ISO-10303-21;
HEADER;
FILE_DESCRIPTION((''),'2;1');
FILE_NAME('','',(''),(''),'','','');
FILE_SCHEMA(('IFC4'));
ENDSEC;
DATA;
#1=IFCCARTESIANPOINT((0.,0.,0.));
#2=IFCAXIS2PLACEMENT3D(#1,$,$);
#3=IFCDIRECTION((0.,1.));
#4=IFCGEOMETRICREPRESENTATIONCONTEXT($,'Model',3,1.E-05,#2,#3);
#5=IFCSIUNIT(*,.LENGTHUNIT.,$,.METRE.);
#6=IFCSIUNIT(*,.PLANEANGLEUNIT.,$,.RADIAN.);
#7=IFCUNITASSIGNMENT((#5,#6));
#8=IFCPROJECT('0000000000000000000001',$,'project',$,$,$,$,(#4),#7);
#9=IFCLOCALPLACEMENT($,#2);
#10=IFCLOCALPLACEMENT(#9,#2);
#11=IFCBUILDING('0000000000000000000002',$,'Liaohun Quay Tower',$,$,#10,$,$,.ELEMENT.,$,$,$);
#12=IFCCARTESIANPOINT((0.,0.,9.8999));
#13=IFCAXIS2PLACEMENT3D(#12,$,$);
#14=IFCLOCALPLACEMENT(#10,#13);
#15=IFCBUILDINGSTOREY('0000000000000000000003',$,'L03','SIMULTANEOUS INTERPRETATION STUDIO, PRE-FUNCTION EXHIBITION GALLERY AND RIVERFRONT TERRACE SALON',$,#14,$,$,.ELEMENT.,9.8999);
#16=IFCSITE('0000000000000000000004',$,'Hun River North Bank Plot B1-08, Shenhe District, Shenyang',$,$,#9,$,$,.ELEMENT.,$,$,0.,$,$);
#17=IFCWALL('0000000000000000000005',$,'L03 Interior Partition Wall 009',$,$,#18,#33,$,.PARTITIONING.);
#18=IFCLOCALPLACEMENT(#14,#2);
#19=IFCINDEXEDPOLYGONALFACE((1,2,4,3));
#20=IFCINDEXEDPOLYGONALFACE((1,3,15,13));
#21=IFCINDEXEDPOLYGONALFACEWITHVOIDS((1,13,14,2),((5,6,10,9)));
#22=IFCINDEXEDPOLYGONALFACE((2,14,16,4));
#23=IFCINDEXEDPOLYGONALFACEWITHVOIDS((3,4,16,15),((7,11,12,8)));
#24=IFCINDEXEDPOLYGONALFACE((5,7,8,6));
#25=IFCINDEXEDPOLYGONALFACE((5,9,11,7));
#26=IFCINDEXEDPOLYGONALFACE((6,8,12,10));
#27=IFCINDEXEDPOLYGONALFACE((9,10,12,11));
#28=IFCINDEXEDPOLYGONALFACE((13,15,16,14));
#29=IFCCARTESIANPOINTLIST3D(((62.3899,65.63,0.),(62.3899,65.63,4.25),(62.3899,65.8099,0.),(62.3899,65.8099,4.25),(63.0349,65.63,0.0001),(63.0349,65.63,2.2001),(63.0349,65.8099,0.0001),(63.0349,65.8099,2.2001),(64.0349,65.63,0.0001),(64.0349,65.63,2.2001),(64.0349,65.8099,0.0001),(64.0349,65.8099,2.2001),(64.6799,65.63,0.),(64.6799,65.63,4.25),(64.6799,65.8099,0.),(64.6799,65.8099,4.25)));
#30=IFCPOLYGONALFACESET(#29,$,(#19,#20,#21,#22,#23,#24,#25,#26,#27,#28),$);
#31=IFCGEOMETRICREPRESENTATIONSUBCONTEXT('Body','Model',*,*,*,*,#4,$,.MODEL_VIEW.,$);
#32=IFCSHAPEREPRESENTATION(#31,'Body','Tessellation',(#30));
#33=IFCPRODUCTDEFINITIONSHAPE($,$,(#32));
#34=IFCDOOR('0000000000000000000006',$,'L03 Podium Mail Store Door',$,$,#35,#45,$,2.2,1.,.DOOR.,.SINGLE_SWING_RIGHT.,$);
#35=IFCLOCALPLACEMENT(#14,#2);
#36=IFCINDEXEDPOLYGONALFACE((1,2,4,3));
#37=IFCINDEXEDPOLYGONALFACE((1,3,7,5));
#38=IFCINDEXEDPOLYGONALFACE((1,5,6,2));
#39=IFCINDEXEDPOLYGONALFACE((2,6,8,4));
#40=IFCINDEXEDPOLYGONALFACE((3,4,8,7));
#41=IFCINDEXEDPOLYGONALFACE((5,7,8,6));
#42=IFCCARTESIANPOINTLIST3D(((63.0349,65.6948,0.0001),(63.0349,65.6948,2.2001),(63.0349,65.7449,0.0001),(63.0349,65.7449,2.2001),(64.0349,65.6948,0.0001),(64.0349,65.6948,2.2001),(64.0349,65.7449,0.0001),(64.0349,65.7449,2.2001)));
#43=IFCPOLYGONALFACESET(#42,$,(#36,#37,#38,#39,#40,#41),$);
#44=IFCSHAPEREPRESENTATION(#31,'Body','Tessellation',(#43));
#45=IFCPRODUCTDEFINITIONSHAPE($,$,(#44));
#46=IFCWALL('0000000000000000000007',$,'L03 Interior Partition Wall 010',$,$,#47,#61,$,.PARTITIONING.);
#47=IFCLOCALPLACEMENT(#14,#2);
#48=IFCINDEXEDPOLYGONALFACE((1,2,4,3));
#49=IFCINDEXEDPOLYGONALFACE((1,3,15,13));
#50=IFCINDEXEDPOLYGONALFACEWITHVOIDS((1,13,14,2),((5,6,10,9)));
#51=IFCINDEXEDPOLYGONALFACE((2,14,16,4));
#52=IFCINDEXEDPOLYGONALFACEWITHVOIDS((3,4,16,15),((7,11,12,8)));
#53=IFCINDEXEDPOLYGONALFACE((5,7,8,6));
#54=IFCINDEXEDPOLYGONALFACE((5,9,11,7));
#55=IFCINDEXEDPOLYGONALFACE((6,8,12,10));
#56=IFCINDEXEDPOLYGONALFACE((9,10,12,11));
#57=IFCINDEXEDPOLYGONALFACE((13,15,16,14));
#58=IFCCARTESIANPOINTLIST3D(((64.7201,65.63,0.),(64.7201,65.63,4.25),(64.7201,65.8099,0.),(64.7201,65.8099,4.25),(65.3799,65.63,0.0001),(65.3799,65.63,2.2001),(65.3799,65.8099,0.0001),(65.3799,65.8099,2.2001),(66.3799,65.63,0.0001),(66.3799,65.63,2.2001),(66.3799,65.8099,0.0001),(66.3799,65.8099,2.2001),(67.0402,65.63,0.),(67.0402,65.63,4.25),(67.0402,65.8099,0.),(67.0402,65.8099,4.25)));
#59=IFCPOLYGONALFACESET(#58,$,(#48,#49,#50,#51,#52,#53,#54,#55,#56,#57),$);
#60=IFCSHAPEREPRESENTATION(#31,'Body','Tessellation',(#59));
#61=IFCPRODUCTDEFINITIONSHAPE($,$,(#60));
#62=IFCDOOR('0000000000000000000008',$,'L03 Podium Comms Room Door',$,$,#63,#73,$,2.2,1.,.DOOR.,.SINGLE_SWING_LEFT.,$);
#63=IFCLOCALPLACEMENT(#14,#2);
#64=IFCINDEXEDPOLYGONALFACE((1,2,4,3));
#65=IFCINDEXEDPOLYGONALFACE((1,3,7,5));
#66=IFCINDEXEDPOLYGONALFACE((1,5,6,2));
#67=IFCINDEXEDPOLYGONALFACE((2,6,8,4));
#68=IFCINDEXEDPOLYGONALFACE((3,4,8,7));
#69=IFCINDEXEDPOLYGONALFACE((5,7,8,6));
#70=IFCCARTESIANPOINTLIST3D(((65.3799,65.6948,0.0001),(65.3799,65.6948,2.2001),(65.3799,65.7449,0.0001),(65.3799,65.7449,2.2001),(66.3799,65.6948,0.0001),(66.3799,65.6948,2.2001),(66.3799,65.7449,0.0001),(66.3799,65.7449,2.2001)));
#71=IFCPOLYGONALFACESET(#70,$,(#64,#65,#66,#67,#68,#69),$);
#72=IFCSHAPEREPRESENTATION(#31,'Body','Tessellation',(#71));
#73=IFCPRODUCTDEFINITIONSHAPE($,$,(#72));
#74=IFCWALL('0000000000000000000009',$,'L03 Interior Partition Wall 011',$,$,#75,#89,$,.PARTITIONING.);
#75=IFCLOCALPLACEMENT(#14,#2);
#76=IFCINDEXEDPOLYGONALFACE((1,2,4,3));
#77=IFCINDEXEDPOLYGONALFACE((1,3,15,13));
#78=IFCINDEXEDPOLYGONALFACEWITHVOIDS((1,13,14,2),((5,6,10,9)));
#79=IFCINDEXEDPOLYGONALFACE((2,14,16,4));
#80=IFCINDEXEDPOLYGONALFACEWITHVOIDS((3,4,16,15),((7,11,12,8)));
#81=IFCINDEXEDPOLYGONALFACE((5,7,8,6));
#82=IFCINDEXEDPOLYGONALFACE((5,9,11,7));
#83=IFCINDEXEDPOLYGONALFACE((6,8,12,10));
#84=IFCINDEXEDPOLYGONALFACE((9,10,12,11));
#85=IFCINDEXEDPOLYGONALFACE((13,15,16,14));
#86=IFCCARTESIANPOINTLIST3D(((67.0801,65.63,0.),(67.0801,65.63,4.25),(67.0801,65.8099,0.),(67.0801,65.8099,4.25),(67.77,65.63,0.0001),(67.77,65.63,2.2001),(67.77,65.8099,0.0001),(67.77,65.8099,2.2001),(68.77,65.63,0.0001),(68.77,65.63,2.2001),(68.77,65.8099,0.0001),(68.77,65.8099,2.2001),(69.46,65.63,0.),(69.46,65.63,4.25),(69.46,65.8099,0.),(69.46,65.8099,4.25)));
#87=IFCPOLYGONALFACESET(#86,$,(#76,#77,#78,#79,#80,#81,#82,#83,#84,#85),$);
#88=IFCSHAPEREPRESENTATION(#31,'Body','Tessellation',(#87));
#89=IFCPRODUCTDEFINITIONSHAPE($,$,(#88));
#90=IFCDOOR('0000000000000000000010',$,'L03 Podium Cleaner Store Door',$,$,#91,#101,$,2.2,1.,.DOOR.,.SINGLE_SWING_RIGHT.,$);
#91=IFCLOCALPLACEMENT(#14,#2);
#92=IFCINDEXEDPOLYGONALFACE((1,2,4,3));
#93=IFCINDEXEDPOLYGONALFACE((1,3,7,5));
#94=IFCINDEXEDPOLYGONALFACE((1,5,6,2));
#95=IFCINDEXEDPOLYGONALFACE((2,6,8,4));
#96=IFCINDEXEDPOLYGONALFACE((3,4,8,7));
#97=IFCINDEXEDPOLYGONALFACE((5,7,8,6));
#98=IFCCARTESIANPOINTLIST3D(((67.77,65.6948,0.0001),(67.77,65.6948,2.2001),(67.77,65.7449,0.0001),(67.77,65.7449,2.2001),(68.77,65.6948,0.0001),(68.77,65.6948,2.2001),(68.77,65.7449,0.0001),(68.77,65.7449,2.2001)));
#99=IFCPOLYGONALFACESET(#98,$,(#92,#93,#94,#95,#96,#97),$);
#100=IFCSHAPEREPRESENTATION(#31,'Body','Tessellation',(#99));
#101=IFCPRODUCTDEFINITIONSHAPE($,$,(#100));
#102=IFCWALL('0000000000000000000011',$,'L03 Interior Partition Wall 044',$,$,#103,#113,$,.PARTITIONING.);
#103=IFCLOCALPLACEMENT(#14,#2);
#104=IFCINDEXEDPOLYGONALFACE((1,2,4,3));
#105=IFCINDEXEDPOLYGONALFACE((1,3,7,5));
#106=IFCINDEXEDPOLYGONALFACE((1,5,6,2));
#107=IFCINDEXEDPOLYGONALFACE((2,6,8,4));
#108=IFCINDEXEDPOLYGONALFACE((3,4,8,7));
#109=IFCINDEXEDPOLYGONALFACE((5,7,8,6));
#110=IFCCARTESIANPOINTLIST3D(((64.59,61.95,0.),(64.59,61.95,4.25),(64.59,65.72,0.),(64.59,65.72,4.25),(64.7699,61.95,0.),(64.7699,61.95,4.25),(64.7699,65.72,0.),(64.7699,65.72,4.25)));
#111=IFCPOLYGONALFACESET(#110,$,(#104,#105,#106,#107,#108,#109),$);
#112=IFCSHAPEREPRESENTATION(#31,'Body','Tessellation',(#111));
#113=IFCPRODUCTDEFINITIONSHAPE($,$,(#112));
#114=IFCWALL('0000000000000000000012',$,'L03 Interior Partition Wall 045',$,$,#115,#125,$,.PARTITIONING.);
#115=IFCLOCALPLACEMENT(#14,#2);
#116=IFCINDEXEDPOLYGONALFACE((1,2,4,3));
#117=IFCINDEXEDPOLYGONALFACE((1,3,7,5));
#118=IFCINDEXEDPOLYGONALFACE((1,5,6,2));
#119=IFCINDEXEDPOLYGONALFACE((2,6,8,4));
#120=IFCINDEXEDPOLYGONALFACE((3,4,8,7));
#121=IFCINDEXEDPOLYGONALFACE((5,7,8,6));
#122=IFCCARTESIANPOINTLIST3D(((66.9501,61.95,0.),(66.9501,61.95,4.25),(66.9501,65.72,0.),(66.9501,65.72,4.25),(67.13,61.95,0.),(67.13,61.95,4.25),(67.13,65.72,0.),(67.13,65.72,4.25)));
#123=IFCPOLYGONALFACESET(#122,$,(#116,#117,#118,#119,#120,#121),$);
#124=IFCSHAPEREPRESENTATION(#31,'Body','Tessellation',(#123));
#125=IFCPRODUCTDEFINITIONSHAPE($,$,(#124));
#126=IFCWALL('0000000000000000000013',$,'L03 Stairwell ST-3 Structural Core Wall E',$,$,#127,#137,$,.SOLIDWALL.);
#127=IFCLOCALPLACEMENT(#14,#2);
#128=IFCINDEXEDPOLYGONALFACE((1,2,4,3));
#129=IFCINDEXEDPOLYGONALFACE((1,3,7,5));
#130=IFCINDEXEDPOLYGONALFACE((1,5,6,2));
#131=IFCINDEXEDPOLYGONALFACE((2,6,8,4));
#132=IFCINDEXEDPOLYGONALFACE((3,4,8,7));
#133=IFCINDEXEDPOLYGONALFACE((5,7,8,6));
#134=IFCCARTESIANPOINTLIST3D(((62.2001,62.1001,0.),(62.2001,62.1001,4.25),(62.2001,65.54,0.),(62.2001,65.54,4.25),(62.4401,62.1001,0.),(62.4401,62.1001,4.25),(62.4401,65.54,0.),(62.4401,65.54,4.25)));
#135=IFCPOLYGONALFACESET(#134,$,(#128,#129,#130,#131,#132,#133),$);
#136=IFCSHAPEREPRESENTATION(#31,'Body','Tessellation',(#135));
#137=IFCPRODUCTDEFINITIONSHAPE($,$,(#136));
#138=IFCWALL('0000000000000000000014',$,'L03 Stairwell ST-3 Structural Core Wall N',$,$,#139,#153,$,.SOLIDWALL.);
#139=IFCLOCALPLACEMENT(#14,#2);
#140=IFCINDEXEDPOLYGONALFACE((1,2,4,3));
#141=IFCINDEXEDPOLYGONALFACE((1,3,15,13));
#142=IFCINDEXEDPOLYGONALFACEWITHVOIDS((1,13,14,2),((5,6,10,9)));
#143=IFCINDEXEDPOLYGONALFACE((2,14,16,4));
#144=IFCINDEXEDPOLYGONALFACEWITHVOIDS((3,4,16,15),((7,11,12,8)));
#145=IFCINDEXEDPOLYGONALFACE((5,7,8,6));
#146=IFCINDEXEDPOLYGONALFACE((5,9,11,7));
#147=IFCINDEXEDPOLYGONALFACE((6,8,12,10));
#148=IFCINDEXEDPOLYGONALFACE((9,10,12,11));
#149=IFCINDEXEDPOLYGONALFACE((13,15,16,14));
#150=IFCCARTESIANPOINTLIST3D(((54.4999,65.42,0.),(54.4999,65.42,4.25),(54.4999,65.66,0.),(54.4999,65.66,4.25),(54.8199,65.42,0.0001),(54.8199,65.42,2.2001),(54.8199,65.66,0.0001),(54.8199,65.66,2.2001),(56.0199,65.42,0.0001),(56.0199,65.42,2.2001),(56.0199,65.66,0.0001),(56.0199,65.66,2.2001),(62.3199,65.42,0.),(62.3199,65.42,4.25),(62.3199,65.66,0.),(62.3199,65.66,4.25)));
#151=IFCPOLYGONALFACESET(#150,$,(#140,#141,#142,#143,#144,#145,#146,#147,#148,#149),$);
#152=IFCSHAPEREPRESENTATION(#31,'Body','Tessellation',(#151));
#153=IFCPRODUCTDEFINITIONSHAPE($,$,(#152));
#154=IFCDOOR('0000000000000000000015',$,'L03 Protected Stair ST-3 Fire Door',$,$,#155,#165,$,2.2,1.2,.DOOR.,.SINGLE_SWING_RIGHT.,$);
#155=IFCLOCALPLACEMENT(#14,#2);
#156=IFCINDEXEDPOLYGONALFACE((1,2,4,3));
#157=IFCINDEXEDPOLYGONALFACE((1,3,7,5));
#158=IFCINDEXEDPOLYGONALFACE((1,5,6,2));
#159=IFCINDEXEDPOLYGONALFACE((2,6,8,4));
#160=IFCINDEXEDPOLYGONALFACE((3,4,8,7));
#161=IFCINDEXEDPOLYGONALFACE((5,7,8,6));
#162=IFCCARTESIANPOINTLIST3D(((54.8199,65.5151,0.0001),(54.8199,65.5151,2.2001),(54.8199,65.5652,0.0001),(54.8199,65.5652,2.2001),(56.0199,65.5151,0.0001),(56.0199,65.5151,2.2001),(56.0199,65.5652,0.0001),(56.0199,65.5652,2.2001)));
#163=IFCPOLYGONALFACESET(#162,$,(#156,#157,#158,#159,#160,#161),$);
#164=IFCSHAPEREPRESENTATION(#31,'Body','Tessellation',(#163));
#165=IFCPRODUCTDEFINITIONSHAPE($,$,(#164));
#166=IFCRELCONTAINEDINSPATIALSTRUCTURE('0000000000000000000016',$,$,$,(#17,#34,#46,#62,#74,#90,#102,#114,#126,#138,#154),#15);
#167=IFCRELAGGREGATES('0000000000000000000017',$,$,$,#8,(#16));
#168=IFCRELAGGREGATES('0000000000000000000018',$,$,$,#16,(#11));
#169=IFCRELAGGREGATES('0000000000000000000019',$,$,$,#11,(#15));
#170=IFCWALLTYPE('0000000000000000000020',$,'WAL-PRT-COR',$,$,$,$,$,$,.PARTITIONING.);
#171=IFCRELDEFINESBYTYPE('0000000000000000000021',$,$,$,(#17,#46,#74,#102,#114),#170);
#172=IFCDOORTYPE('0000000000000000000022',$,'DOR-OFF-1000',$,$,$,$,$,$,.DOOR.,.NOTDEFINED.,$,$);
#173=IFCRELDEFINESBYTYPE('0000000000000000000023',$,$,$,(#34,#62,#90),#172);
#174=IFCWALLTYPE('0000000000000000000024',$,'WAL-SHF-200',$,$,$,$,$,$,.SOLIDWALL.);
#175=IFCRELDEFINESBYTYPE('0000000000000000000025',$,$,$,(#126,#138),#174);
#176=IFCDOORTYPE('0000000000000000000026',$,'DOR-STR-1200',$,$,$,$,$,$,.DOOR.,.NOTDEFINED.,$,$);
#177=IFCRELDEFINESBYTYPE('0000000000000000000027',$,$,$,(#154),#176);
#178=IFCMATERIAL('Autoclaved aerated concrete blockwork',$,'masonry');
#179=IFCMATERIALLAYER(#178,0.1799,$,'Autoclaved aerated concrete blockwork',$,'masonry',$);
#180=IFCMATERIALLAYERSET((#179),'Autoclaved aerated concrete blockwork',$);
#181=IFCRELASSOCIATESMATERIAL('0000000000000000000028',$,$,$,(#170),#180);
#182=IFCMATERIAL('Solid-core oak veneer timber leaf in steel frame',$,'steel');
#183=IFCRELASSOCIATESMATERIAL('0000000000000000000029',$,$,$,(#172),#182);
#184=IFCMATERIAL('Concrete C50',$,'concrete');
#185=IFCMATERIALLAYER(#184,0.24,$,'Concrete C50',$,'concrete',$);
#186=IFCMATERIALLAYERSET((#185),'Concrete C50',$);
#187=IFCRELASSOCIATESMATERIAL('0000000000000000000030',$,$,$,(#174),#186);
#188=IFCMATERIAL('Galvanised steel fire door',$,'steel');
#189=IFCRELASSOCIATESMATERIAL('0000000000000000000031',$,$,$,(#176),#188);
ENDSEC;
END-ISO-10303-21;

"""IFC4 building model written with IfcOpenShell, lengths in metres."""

from ifc_helpers import new_model, si_unit, direction, frame, frame_2d, origin, place, context, subcontext, project, spatial, rectangle, extrude, source, transform, mapped, material, layer, layer_set, type_object, element, fill, save


model = new_model("IFC4")

# Units and contexts
model_context = context("Model", 3, precision=1e-05, world=origin(), true_north=direction((0.0, 1.0)))
body_context = subcontext(model_context, "Body", "Model", "MODEL_VIEW")
ifc_project = project(units=[si_unit("LENGTHUNIT", "METRE"), si_unit("PLANEANGLEUNIT", "RADIAN")], contexts=[model_context])

# Site, building, storey
site_placement = place(None, origin())
site = spatial("IfcSite", under=ifc_project, at=site_placement, Name="Hun River North Bank Plot B1-08, Shenhe District, Shenyang", CompositionType="ELEMENT", RefElevation=0.0)
building_placement = place(site_placement, origin())
building = spatial("IfcBuilding", under=site, at=building_placement, Name="Liaohun Quay Tower", CompositionType="ELEMENT")
storey_placement = place(building_placement, frame((0.0, 0.0, 9.8999)))
storey = spatial("IfcBuildingStorey", under=building, at=storey_placement, Name="L03", Description="SIMULTANEOUS INTERPRETATION STUDIO, PRE-FUNCTION EXHIBITION GALLERY AND RIVERFRONT TERRACE SALON", CompositionType="ELEMENT", Elevation=9.8999)

# Walls, openings, doors
ifc_material_1 = material(Name="Autoclaved aerated concrete blockwork", Category="masonry")
ifc_layer_1 = layer(ifc_material_1, 0.1799, Name="Autoclaved aerated concrete blockwork", Category="masonry")
ifc_layer_set_1 = layer_set([ifc_layer_1], Name="Autoclaved aerated concrete blockwork")
wall_type_1 = type_object("IfcWallType", Name="WAL-PRT-COR", PredefinedType="PARTITIONING", material=ifc_layer_set_1)
wall_1_placement = place(storey_placement, frame((62.3899, 65.72, 0.0), z_axis=(0.0, 0.0, 1.0), x_axis=(1.0, 0.0, 0.0)))
wall_1 = element("IfcWall", 1, at=wall_1_placement, inside=storey, type_object=wall_type_1, Name="L03 Interior Partition Wall 009", PredefinedType="PARTITIONING", context=body_context, shape_type="SweptSolid", body=[
    extrude(rectangle(XDim=2.29, YDim=0.1799, at=frame_2d((1.145, 0.0))), origin(), (0.0, 0.0, 1.0), 4.25),
])
shared_shape_1 = source(origin(), body_context, "Body", "SweptSolid", [
    extrude(rectangle(XDim=1.0, YDim=2.2, at=frame_2d((0.5, 1.1001))), frame((0.0, 0.0999, 0.0), z_axis=(0.0, -1.0, 0.0), x_axis=(1.0, 0.0, 0.0)), (0.0, 0.0, 1.0), 0.2),
])
opening_1_placement = place(wall_1_placement, frame((0.645, 0.0, 0.0)))
opening_1 = element("IfcOpeningElement", 2, at=opening_1_placement, cuts=wall_1, PredefinedType="OPENING", context=body_context, shape_type="MappedRepresentation", body=[
    mapped(shared_shape_1, transform((0.0, 0.0, 0.0), x_axis=(1.0, 0.0, 0.0), y_axis=(0.0, 1.0, 0.0), z_axis=(0.0, 0.0, 1.0), scale=1.0)),
])
ifc_material_2 = material(Name="Solid-core oak veneer timber leaf in steel frame", Category="steel")
door_type_1 = type_object("IfcDoorType", Name="DOR-OFF-1000", OperationType="NOTDEFINED", PredefinedType="DOOR", material=ifc_material_2)
shared_shape_2 = source(origin(), body_context, "Body", "SweptSolid", [
    extrude(rectangle(XDim=1.0, YDim=2.2, at=frame_2d((0.5, 1.1001))), frame((0.0, 0.0249, 0.0), z_axis=(0.0, -1.0, 0.0), x_axis=(1.0, 0.0, 0.0)), (0.0, 0.0, 1.0), 0.05),
])
door_1_placement = place(opening_1_placement, origin())
door_1 = element("IfcDoor", 3, at=door_1_placement, inside=storey, type_object=door_type_1, Name="L03 Podium Mail Store Door", OperationType="SINGLE_SWING_RIGHT", OverallHeight=2.2, OverallWidth=1.0, PredefinedType="DOOR", context=body_context, shape_type="MappedRepresentation", body=[
    mapped(shared_shape_2, transform((0.0, 0.0, 0.0), x_axis=(1.0, 0.0, 0.0), y_axis=(0.0, 1.0, 0.0), z_axis=(0.0, 0.0, 1.0), scale=1.0)),
])
fill(opening_1, door_1)
wall_2_placement = place(storey_placement, frame((64.72, 65.72, 0.0), z_axis=(0.0, 0.0, 1.0), x_axis=(1.0, 0.0, 0.0)))
wall_2 = element("IfcWall", 4, at=wall_2_placement, inside=storey, type_object=wall_type_1, Name="L03 Interior Partition Wall 010", PredefinedType="PARTITIONING", context=body_context, shape_type="SweptSolid", body=[
    extrude(rectangle(XDim=2.3201, YDim=0.1799, at=frame_2d((1.1602, 0.0))), origin(), (0.0, 0.0, 1.0), 4.25),
])
opening_2_placement = place(wall_2_placement, frame((0.6599, 0.0, 0.0)))
opening_2 = element("IfcOpeningElement", 5, at=opening_2_placement, cuts=wall_2, PredefinedType="OPENING", context=body_context, shape_type="MappedRepresentation", body=[
    mapped(shared_shape_1, transform((0.0, 0.0, 0.0), x_axis=(1.0, 0.0, 0.0), y_axis=(0.0, 1.0, 0.0), z_axis=(0.0, 0.0, 1.0), scale=1.0)),
])
door_2_placement = place(opening_2_placement, origin())
door_2 = element("IfcDoor", 6, at=door_2_placement, inside=storey, type_object=door_type_1, Name="L03 Podium Comms Room Door", OperationType="SINGLE_SWING_LEFT", OverallHeight=2.2, OverallWidth=1.0, PredefinedType="DOOR", context=body_context, shape_type="MappedRepresentation", body=[
    mapped(shared_shape_2, transform((0.0, 0.0, 0.0), x_axis=(1.0, 0.0, 0.0), y_axis=(0.0, 1.0, 0.0), z_axis=(0.0, 0.0, 1.0), scale=1.0)),
])
fill(opening_2, door_2)
wall_3_placement = place(storey_placement, frame((67.0801, 65.72, 0.0), z_axis=(0.0, 0.0, 1.0), x_axis=(1.0, 0.0, 0.0)))
wall_3 = element("IfcWall", 7, at=wall_3_placement, inside=storey, type_object=wall_type_1, Name="L03 Interior Partition Wall 011", PredefinedType="PARTITIONING", context=body_context, shape_type="SweptSolid", body=[
    extrude(rectangle(XDim=2.3799, YDim=0.1799, at=frame_2d((1.1899, 0.0))), origin(), (0.0, 0.0, 1.0), 4.25),
])
opening_3_placement = place(wall_3_placement, frame((0.6899, 0.0, 0.0)))
opening_3 = element("IfcOpeningElement", 8, at=opening_3_placement, cuts=wall_3, PredefinedType="OPENING", context=body_context, shape_type="MappedRepresentation", body=[
    mapped(shared_shape_1, transform((0.0, 0.0, 0.0), x_axis=(1.0, 0.0, 0.0), y_axis=(0.0, 1.0, 0.0), z_axis=(0.0, 0.0, 1.0), scale=1.0)),
])
door_3_placement = place(opening_3_placement, origin())
door_3 = element("IfcDoor", 9, at=door_3_placement, inside=storey, type_object=door_type_1, Name="L03 Podium Cleaner Store Door", OperationType="SINGLE_SWING_RIGHT", OverallHeight=2.2, OverallWidth=1.0, PredefinedType="DOOR", context=body_context, shape_type="MappedRepresentation", body=[
    mapped(shared_shape_2, transform((0.0, 0.0, 0.0), x_axis=(1.0, 0.0, 0.0), y_axis=(0.0, 1.0, 0.0), z_axis=(0.0, 0.0, 1.0), scale=1.0)),
])
fill(opening_3, door_3)

# Walls
for number, where, z_axis, x_axis, name in (
    (10, (64.6799, 61.95, 0.0), (0.0, 0.0, 1.0), (0.0, 1.0, 0.0), "L03 Interior Partition Wall 044"),
    (11, (67.04, 61.95, 0.0), (0.0, 0.0, 1.0), (0.0, 1.0, 0.0), "L03 Interior Partition Wall 045"),
):
    element("IfcWall", number, at=place(storey_placement, frame(where, z_axis=z_axis, x_axis=x_axis)), inside=storey, type_object=wall_type_1, Name=name, PredefinedType="PARTITIONING", context=body_context, shape_type="SweptSolid", body=[
        extrude(rectangle(XDim=3.77, YDim=0.1799, at=frame_2d((1.885, 0.0))), origin(), (0.0, 0.0, 1.0), 4.25),
    ])
ifc_material_3 = material(Name="Concrete C50", Category="concrete")
ifc_layer_2 = layer(ifc_material_3, 0.24, Name="Concrete C50", Category="concrete")
ifc_layer_set_2 = layer_set([ifc_layer_2], Name="Concrete C50")
wall_type_2 = type_object("IfcWallType", Name="WAL-SHF-200", PredefinedType="SOLIDWALL", material=ifc_layer_set_2)
wall_4_placement = place(storey_placement, frame((62.3201, 62.1001, 0.0), z_axis=(0.0, 0.0, 1.0), x_axis=(0.0, 1.0, 0.0)))
element("IfcWall", 12, at=wall_4_placement, inside=storey, type_object=wall_type_2, Name="L03 Stairwell ST-3 Structural Core Wall E", PredefinedType="SOLIDWALL", context=body_context, shape_type="SweptSolid", body=[
    extrude(rectangle(XDim=3.4399, YDim=0.24, at=frame_2d((1.72, 0.0))), origin(), (0.0, 0.0, 1.0), 4.25),
])

# Wall, opening, door
wall_5_placement = place(storey_placement, frame((62.3201, 65.54, 0.0), z_axis=(0.0, 0.0, 1.0), x_axis=(-1.0, 0.0, 0.0)))
wall_5 = element("IfcWall", 13, at=wall_5_placement, inside=storey, type_object=wall_type_2, Name="L03 Stairwell ST-3 Structural Core Wall N", PredefinedType="SOLIDWALL", context=body_context, shape_type="SweptSolid", body=[
    extrude(rectangle(XDim=7.8201, YDim=0.24, at=frame_2d((3.9102, 0.0))), origin(), (0.0, 0.0, 1.0), 4.25),
])
shared_shape_3 = source(origin(), body_context, "Body", "SweptSolid", [
    extrude(rectangle(XDim=1.2, YDim=2.2, at=frame_2d((0.6001, 1.1001))), frame((0.0, 0.1299, 0.0), z_axis=(0.0, -1.0, 0.0), x_axis=(1.0, 0.0, 0.0)), (0.0, 0.0, 1.0), 0.26),
])
opening_4_placement = place(wall_5_placement, frame((6.3, 0.0, 0.0)))
opening_4 = element("IfcOpeningElement", 14, at=opening_4_placement, cuts=wall_5, PredefinedType="OPENING", context=body_context, shape_type="MappedRepresentation", body=[
    mapped(shared_shape_3, transform((0.0, 0.0, 0.0), x_axis=(1.0, 0.0, 0.0), y_axis=(0.0, 1.0, 0.0), z_axis=(0.0, 0.0, 1.0), scale=1.0)),
])
ifc_material_4 = material(Name="Galvanised steel fire door", Category="steel")
door_type_2 = type_object("IfcDoorType", Name="DOR-STR-1200", OperationType="NOTDEFINED", PredefinedType="DOOR", material=ifc_material_4)
shared_shape_4 = source(origin(), body_context, "Body", "SweptSolid", [
    extrude(rectangle(XDim=1.2, YDim=2.2, at=frame_2d((0.6001, 1.1001))), frame((0.0, 0.0249, 0.0), z_axis=(0.0, -1.0, 0.0), x_axis=(1.0, 0.0, 0.0)), (0.0, 0.0, 1.0), 0.05),
])
door_4_placement = place(opening_4_placement, origin())
door_4 = element("IfcDoor", 15, at=door_4_placement, inside=storey, type_object=door_type_2, Name="L03 Protected Stair ST-3 Fire Door", OperationType="SINGLE_SWING_RIGHT", OverallHeight=2.2, OverallWidth=1.2, PredefinedType="DOOR", context=body_context, shape_type="MappedRepresentation", body=[
    mapped(shared_shape_4, transform((0.0, 0.0, 0.0), x_axis=(1.0, 0.0, 0.0), y_axis=(0.0, 1.0, 0.0), z_axis=(0.0, 0.0, 1.0), scale=1.0)),
])
fill(opening_4, door_4)

save(model, "model.ifc")
